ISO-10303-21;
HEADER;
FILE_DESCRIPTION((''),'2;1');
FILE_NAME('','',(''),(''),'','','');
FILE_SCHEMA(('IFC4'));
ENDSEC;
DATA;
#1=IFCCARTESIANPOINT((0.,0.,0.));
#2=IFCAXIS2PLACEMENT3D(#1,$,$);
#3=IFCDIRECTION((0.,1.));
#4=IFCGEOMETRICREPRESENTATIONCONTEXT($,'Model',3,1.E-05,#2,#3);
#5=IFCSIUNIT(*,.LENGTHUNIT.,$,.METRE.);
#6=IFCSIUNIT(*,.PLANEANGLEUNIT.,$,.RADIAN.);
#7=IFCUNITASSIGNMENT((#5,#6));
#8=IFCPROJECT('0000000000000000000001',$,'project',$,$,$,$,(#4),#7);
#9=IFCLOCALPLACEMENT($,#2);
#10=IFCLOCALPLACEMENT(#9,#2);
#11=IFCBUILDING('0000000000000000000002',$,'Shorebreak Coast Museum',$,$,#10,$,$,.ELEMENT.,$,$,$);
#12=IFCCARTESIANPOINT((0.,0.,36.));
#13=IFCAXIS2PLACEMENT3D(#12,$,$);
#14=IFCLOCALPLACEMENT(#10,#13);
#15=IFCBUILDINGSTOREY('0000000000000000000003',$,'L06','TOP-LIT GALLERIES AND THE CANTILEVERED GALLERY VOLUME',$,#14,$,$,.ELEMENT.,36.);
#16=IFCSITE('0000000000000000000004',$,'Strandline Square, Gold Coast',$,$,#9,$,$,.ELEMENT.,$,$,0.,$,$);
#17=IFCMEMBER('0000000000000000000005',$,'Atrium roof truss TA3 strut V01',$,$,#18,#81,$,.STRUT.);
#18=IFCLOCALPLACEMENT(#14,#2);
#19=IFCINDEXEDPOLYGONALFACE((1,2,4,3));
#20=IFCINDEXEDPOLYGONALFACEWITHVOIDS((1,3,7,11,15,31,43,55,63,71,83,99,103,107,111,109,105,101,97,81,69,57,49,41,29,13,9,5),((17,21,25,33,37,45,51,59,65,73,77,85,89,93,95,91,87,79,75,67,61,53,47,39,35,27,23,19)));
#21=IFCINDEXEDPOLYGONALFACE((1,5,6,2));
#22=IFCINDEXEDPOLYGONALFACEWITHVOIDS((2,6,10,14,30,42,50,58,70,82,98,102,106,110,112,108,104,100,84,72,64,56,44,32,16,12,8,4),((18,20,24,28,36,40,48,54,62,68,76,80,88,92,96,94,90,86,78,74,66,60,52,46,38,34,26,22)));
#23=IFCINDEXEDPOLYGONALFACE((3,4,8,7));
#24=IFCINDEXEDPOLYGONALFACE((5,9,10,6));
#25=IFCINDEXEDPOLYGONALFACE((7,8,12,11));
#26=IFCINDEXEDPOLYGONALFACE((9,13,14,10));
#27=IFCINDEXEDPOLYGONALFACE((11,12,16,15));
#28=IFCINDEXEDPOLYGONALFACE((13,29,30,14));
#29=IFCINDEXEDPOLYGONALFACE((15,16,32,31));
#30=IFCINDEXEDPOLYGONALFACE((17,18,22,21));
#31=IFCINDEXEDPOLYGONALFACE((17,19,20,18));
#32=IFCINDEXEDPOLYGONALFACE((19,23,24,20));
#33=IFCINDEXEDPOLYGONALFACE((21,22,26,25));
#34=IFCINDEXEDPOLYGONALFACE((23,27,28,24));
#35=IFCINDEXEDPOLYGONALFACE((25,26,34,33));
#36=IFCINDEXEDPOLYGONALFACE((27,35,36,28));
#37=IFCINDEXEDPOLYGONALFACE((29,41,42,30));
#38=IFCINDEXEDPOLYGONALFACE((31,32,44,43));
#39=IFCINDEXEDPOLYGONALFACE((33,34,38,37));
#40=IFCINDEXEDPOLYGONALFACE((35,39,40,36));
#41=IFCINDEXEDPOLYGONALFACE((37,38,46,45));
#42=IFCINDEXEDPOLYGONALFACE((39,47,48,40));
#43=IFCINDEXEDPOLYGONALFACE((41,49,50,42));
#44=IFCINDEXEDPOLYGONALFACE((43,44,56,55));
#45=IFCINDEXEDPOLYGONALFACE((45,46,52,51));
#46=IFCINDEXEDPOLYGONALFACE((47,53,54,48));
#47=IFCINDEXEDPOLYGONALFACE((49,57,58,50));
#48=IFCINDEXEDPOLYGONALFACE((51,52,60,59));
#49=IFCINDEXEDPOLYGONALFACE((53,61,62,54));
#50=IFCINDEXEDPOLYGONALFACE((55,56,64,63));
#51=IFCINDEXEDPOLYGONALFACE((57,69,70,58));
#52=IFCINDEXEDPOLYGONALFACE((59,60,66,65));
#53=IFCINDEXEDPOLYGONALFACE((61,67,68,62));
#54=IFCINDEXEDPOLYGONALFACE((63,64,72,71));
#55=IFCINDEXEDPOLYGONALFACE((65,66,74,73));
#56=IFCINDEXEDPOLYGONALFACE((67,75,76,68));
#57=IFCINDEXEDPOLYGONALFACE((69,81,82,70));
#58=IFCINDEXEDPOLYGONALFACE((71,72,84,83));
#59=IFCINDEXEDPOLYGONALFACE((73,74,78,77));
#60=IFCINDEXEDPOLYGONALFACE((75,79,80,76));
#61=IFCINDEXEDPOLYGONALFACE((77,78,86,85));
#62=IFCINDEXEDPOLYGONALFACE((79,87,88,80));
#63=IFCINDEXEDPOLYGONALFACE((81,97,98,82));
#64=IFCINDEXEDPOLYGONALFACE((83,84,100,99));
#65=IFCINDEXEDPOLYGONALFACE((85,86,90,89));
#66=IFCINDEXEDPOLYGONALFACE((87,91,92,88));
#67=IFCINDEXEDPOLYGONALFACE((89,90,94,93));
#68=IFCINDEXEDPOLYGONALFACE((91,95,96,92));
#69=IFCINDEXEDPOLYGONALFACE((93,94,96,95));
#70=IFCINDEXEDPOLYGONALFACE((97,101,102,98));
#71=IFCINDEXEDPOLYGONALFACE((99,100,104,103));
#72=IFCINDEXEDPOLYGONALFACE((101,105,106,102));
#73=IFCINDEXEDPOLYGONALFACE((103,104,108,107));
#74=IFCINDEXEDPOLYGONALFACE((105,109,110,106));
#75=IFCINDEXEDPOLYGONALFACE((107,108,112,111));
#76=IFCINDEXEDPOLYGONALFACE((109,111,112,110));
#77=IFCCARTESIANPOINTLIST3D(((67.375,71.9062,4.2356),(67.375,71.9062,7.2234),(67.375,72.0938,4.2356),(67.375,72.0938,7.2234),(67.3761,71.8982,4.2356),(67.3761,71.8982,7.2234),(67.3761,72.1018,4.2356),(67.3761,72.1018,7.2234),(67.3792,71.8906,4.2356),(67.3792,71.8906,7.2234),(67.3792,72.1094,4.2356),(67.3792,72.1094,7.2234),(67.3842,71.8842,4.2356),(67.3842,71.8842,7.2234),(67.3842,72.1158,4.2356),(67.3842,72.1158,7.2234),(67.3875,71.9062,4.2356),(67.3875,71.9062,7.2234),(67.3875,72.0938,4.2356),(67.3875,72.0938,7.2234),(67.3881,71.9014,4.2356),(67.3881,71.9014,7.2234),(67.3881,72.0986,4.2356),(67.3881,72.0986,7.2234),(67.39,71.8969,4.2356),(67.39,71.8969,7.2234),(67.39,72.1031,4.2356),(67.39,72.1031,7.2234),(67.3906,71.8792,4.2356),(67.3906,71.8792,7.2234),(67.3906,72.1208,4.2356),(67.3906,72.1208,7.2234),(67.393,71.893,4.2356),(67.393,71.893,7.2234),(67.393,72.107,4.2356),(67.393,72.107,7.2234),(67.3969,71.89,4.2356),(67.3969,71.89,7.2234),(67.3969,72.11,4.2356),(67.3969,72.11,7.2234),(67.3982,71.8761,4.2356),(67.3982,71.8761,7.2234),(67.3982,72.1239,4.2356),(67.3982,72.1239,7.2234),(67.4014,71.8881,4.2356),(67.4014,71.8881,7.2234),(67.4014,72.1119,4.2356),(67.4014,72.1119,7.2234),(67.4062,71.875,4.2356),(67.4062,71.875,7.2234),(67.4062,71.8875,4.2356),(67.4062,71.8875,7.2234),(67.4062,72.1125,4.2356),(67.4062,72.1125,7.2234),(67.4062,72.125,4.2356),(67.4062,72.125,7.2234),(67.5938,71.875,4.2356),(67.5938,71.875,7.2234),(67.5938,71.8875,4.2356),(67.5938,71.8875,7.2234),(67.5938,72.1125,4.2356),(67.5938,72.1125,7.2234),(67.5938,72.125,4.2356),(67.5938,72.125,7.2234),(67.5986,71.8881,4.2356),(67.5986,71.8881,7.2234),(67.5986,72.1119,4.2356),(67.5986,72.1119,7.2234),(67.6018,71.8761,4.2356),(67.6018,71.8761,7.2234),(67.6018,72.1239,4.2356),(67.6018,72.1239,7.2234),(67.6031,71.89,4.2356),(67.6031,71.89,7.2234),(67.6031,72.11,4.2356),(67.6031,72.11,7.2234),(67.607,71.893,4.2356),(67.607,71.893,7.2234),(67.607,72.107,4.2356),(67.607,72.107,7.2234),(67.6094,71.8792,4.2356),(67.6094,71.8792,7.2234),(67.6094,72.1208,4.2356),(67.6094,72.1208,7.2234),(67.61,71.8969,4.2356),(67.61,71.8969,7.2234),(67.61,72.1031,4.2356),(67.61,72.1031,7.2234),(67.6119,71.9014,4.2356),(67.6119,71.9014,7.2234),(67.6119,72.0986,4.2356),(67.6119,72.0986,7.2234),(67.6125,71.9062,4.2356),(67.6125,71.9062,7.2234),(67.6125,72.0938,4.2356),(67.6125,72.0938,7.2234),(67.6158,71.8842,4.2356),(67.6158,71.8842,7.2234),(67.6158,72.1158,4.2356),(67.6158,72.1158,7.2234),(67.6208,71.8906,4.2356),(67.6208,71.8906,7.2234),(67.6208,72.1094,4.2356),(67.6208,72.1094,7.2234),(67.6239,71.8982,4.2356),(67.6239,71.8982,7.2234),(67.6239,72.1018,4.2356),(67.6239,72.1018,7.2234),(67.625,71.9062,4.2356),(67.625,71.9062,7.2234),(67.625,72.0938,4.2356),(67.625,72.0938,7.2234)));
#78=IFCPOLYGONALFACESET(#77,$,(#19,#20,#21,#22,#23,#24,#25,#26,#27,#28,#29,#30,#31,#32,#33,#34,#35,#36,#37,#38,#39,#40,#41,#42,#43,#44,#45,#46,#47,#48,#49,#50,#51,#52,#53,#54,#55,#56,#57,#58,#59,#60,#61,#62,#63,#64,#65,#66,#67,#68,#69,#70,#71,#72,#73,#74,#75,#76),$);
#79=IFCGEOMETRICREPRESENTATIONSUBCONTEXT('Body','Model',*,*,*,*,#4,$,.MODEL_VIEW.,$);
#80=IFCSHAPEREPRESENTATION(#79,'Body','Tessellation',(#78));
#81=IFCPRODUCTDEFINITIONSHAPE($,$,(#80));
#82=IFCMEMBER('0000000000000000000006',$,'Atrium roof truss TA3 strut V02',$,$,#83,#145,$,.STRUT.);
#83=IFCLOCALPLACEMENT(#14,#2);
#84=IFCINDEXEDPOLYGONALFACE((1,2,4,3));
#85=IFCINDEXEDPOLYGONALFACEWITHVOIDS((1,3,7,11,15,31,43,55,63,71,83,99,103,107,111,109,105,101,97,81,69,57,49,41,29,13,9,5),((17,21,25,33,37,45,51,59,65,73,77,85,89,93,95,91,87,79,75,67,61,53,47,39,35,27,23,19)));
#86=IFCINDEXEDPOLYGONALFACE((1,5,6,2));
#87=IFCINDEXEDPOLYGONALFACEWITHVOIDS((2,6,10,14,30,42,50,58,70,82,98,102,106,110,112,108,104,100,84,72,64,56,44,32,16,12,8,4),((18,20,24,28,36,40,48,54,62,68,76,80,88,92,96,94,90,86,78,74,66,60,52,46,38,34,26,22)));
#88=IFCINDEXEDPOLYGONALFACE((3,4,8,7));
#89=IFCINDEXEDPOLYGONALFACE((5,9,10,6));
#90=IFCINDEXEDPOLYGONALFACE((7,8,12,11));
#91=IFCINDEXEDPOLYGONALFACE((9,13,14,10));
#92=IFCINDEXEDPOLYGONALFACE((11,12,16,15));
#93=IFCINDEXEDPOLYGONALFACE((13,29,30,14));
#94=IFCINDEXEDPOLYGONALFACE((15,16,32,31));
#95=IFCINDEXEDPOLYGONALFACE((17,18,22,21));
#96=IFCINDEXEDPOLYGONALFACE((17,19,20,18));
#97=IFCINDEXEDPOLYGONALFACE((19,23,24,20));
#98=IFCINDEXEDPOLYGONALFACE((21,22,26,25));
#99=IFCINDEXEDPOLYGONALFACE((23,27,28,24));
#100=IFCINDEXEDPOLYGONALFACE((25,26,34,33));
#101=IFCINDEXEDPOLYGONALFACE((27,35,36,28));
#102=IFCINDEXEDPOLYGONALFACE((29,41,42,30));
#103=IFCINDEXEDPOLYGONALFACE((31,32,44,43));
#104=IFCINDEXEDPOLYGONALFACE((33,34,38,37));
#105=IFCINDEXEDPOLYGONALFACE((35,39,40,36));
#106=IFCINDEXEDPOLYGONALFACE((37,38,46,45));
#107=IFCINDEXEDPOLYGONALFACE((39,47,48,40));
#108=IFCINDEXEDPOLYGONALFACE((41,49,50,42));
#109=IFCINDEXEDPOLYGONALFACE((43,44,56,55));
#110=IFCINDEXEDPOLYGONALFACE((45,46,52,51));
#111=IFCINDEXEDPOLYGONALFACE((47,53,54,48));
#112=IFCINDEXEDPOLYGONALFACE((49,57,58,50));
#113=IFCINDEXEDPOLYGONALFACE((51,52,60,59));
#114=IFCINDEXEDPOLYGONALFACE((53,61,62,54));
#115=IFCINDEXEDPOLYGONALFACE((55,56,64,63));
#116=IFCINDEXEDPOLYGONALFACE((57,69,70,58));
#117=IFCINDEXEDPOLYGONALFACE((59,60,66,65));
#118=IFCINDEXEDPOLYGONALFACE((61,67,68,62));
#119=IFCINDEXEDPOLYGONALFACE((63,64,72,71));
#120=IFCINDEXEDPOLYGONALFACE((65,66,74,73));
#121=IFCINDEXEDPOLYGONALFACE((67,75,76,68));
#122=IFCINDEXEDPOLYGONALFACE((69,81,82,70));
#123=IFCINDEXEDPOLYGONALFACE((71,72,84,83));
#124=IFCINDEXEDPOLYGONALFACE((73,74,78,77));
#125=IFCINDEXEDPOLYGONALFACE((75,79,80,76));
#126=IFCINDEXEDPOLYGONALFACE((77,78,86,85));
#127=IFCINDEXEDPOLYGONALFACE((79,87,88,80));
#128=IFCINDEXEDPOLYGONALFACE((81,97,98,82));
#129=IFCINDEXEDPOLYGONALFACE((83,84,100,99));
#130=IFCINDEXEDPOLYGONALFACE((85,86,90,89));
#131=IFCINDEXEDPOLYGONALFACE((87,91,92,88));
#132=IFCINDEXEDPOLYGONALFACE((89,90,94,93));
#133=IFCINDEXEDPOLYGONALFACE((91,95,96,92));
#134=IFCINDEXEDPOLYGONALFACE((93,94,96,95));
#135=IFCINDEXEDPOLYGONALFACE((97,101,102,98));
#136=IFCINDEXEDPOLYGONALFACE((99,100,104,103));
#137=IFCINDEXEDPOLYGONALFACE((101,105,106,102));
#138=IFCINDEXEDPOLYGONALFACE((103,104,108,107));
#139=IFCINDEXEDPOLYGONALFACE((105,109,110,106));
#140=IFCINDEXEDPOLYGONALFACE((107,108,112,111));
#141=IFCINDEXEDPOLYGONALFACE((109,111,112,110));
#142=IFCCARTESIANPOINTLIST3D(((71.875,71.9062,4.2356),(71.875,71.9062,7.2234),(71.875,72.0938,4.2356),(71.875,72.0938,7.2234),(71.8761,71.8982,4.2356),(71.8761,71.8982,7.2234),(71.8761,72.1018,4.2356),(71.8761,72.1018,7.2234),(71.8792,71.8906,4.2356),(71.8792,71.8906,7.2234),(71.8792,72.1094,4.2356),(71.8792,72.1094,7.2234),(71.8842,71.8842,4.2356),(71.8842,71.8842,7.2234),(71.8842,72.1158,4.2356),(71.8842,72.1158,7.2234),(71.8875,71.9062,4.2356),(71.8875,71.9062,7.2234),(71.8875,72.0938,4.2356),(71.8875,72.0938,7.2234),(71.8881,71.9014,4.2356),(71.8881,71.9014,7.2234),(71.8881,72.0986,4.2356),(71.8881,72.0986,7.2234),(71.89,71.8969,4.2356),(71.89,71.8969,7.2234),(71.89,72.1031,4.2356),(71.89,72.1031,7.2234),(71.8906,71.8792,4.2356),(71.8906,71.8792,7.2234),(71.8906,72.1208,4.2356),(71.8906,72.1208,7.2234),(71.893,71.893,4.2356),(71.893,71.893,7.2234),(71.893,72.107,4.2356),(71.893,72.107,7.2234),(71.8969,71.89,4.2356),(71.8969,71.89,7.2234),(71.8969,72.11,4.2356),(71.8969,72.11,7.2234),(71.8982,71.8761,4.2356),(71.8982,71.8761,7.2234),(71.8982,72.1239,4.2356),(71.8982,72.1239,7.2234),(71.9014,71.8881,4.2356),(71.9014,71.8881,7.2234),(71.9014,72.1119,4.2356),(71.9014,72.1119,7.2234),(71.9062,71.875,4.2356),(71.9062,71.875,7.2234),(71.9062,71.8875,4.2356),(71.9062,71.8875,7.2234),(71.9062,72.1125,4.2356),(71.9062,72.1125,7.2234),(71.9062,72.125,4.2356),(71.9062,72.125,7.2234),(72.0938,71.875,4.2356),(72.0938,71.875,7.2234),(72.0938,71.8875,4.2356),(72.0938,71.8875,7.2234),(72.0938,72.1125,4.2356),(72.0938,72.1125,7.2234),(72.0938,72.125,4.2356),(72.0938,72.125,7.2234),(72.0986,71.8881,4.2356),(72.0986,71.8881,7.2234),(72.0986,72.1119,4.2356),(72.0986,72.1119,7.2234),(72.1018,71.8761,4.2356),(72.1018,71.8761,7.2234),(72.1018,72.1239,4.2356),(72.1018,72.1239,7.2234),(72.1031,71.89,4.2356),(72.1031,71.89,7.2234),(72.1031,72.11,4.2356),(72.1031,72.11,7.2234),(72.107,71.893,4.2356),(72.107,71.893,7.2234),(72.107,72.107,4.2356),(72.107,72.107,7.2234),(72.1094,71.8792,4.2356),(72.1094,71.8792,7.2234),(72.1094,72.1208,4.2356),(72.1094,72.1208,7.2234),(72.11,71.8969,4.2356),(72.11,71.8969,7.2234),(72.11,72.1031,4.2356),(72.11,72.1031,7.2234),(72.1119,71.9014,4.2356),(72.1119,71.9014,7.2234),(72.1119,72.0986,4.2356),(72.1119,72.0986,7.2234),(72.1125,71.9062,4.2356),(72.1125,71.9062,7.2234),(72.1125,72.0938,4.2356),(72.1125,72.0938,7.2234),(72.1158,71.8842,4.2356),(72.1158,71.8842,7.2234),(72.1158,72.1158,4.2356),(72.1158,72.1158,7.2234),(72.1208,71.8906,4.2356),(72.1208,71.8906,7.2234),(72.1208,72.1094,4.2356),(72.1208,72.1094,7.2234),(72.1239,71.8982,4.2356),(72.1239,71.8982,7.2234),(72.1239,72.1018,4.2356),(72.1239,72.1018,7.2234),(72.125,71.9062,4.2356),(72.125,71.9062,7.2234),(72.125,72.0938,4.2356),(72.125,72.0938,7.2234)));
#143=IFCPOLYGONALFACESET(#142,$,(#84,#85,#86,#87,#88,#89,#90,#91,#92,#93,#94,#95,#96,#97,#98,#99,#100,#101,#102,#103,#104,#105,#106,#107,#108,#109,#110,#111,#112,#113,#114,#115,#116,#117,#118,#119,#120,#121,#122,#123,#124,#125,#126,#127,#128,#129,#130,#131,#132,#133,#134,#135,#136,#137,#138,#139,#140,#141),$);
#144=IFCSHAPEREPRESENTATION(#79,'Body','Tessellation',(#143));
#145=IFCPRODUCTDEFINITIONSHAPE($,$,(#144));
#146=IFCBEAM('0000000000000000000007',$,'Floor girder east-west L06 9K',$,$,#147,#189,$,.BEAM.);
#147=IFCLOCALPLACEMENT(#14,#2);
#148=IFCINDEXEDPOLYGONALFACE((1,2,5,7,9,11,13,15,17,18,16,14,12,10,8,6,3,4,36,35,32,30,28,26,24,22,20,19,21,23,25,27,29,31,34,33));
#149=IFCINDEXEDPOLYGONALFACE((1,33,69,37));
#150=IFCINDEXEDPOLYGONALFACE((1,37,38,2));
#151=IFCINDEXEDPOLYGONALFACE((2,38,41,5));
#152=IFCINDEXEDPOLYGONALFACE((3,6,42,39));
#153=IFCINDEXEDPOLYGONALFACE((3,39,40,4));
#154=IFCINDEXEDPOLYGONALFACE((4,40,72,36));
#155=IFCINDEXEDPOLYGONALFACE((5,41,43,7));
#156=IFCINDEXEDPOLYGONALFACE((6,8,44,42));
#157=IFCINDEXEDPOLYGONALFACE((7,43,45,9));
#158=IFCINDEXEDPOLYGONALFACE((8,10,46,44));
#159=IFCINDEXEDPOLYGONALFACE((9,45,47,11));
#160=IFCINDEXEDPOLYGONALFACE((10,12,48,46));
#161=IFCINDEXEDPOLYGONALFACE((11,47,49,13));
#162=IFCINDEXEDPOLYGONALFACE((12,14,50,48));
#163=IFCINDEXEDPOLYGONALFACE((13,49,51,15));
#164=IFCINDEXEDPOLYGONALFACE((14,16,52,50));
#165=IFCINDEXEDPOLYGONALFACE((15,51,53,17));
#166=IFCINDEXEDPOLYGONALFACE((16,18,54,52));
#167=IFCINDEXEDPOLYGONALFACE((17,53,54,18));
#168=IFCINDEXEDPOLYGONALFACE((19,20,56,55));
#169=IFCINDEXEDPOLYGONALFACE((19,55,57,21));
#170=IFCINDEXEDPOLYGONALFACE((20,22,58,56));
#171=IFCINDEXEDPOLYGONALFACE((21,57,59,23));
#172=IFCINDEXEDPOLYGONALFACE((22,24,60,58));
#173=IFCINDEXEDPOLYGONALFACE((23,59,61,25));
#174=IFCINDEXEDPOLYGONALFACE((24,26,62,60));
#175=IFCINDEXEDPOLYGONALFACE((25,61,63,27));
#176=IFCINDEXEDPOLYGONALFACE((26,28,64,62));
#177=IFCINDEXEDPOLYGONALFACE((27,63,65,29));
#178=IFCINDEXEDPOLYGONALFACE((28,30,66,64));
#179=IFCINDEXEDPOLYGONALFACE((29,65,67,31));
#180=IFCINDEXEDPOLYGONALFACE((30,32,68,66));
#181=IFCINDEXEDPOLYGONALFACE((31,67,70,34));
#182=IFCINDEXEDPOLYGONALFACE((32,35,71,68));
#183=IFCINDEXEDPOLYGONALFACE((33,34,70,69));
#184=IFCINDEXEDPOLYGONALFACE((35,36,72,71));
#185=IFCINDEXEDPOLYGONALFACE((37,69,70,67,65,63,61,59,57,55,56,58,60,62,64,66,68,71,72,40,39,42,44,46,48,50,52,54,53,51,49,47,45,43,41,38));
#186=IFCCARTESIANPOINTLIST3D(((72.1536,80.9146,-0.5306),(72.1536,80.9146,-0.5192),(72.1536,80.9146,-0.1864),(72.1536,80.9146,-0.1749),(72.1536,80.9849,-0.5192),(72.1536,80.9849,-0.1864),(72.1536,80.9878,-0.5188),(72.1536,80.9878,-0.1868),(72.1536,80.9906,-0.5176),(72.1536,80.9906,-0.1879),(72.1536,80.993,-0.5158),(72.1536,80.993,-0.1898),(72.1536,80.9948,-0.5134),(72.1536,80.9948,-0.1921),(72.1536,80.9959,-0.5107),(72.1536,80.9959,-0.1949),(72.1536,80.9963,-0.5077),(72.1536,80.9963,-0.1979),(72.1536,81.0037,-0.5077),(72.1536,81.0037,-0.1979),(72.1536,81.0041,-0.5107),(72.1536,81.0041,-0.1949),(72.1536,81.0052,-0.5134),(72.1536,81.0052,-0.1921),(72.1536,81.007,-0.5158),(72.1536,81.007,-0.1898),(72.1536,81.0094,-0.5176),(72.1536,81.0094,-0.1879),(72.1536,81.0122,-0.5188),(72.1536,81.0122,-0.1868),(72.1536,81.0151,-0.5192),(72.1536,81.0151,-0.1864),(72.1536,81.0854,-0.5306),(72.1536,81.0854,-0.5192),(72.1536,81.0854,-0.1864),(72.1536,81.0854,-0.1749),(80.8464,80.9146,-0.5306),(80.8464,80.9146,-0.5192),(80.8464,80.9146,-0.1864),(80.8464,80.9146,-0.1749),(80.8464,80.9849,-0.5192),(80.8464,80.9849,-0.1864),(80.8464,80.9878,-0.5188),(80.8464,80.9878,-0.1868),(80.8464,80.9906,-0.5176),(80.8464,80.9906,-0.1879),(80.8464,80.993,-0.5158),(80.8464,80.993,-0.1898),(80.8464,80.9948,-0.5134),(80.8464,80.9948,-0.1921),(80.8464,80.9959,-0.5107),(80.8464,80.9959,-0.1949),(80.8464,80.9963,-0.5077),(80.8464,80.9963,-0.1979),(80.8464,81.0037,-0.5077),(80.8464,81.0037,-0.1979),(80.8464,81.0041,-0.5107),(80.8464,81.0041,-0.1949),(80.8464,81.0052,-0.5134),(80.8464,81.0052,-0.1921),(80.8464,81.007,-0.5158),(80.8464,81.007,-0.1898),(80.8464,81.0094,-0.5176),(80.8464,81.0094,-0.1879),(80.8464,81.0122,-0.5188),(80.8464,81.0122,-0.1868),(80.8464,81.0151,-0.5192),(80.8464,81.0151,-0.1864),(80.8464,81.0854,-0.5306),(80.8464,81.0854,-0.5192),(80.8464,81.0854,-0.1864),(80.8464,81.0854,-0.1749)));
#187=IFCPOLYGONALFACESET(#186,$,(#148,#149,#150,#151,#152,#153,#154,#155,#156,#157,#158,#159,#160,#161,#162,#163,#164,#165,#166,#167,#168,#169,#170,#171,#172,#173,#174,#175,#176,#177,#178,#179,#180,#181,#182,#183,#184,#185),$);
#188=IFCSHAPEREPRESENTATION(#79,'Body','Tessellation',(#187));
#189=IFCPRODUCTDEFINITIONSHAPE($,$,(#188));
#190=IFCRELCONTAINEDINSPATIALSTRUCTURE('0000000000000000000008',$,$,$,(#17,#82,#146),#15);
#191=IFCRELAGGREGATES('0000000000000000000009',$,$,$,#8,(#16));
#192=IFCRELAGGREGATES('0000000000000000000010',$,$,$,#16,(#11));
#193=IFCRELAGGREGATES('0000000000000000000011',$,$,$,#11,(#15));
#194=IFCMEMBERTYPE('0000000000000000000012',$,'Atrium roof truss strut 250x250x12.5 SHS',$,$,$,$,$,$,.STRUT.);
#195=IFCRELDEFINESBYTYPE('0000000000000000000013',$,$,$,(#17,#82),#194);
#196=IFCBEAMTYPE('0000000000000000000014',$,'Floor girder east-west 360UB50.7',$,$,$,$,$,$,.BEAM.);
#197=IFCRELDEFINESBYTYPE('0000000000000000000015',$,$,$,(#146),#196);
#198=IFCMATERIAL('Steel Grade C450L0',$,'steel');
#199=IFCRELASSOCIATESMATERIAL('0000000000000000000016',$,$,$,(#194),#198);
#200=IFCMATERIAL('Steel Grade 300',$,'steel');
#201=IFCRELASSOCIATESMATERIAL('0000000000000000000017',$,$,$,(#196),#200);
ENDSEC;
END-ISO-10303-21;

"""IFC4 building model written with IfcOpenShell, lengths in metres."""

from ifc_helpers import new_model, si_unit, direction, frame, origin, origin_2d, place, context, subcontext, project, spatial, hollow_rectangle, i_section, extrude, material, material_profile, profile_set, type_object, element, save


model = new_model("IFC4")

# Units and contexts
model_context = context("Model", 3, precision=1e-05, world=origin(), true_north=direction((0.0, 1.0)))
body_context = subcontext(model_context, "Body", "Model", "MODEL_VIEW")
ifc_project = project(units=[si_unit("LENGTHUNIT", "METRE"), si_unit("PLANEANGLEUNIT", "RADIAN")], contexts=[model_context])

# Site, building, storey
site_placement = place(None, origin())
site = spatial("IfcSite", under=ifc_project, at=site_placement, Name="Strandline Square, Gold Coast", CompositionType="ELEMENT", RefElevation=0.0)
building_placement = place(site_placement, origin())
building = spatial("IfcBuilding", under=site, at=building_placement, Name="Shorebreak Coast Museum", CompositionType="ELEMENT")
storey_placement = place(building_placement, frame((0.0, 0.0, 36.0)))
storey = spatial("IfcBuildingStorey", under=building, at=storey_placement, Name="L06", Description="TOP-LIT GALLERIES AND THE CANTILEVERED GALLERY VOLUME", CompositionType="ELEMENT", Elevation=36.0)

# Members
ifc_material_1 = material(Name="Steel Grade C450L0", Category="steel")
ifc_material_profile_1 = material_profile(ifc_material_1, hollow_rectangle(XDim=0.25, YDim=0.25, WallThickness=0.0125, InnerFilletRadius=0.0188, OuterFilletRadius=0.0312, at=origin_2d()), Name="250x250x12.5 SHS")
ifc_profile_set_1 = profile_set([ifc_material_profile_1], Name="Steel Grade C450L0")
member_type_1 = type_object("IfcMemberType", Name="Atrium roof truss strut 250x250x12.5 SHS", PredefinedType="STRUT", material=ifc_profile_set_1)
for number, where, z_axis, x_axis, name in (
    (1, (67.5, 72.0, 4.2356), (0.0, 0.0, 1.0), (1.0, 0.0, 0.0), "Atrium roof truss TA3 strut V01"),
    (2, (72.0, 72.0, 4.2356), (0.0, 0.0, 1.0), (1.0, 0.0, 0.0), "Atrium roof truss TA3 strut V02"),
):
    element("IfcMember", number, at=place(storey_placement, frame(where, z_axis=z_axis, x_axis=x_axis)), inside=storey, type_object=member_type_1, Name=name, PredefinedType="STRUT", context=body_context, shape_type="SweptSolid", body=[
        extrude(hollow_rectangle(XDim=0.25, YDim=0.25, WallThickness=0.0125, InnerFilletRadius=0.0188, OuterFilletRadius=0.0312, at=origin_2d()), origin(), (0.0, 0.0, 1.0), 2.9878),
    ])

# Beam
ifc_material_2 = material(Name="Steel Grade 300", Category="steel")
ifc_material_profile_2 = material_profile(ifc_material_2, i_section(OverallWidth=0.1709, OverallDepth=0.3557, WebThickness=0.0073, FlangeThickness=0.0115, FilletRadius=0.0115, at=origin_2d()), Name="360UB50.7")
ifc_profile_set_2 = profile_set([ifc_material_profile_2], Name="Steel Grade 300")
beam_type = type_object("IfcBeamType", Name="Floor girder east-west 360UB50.7", PredefinedType="BEAM", material=ifc_profile_set_2)
beam_placement = place(storey_placement, frame((72.1536, 81.0, -0.3528), z_axis=(1.0, 0.0, 0.0), x_axis=(0.0, 1.0, 0.0)))
element("IfcBeam", 3, at=beam_placement, inside=storey, type_object=beam_type, Name="Floor girder east-west L06 9K", PredefinedType="BEAM", context=body_context, shape_type="SweptSolid", body=[
    extrude(i_section(OverallWidth=0.1709, OverallDepth=0.3557, WebThickness=0.0073, FlangeThickness=0.0115, FilletRadius=0.0115, at=origin_2d()), origin(), (0.0, 0.0, 1.0), 8.6929),
])

save(model, "model.ifc")
